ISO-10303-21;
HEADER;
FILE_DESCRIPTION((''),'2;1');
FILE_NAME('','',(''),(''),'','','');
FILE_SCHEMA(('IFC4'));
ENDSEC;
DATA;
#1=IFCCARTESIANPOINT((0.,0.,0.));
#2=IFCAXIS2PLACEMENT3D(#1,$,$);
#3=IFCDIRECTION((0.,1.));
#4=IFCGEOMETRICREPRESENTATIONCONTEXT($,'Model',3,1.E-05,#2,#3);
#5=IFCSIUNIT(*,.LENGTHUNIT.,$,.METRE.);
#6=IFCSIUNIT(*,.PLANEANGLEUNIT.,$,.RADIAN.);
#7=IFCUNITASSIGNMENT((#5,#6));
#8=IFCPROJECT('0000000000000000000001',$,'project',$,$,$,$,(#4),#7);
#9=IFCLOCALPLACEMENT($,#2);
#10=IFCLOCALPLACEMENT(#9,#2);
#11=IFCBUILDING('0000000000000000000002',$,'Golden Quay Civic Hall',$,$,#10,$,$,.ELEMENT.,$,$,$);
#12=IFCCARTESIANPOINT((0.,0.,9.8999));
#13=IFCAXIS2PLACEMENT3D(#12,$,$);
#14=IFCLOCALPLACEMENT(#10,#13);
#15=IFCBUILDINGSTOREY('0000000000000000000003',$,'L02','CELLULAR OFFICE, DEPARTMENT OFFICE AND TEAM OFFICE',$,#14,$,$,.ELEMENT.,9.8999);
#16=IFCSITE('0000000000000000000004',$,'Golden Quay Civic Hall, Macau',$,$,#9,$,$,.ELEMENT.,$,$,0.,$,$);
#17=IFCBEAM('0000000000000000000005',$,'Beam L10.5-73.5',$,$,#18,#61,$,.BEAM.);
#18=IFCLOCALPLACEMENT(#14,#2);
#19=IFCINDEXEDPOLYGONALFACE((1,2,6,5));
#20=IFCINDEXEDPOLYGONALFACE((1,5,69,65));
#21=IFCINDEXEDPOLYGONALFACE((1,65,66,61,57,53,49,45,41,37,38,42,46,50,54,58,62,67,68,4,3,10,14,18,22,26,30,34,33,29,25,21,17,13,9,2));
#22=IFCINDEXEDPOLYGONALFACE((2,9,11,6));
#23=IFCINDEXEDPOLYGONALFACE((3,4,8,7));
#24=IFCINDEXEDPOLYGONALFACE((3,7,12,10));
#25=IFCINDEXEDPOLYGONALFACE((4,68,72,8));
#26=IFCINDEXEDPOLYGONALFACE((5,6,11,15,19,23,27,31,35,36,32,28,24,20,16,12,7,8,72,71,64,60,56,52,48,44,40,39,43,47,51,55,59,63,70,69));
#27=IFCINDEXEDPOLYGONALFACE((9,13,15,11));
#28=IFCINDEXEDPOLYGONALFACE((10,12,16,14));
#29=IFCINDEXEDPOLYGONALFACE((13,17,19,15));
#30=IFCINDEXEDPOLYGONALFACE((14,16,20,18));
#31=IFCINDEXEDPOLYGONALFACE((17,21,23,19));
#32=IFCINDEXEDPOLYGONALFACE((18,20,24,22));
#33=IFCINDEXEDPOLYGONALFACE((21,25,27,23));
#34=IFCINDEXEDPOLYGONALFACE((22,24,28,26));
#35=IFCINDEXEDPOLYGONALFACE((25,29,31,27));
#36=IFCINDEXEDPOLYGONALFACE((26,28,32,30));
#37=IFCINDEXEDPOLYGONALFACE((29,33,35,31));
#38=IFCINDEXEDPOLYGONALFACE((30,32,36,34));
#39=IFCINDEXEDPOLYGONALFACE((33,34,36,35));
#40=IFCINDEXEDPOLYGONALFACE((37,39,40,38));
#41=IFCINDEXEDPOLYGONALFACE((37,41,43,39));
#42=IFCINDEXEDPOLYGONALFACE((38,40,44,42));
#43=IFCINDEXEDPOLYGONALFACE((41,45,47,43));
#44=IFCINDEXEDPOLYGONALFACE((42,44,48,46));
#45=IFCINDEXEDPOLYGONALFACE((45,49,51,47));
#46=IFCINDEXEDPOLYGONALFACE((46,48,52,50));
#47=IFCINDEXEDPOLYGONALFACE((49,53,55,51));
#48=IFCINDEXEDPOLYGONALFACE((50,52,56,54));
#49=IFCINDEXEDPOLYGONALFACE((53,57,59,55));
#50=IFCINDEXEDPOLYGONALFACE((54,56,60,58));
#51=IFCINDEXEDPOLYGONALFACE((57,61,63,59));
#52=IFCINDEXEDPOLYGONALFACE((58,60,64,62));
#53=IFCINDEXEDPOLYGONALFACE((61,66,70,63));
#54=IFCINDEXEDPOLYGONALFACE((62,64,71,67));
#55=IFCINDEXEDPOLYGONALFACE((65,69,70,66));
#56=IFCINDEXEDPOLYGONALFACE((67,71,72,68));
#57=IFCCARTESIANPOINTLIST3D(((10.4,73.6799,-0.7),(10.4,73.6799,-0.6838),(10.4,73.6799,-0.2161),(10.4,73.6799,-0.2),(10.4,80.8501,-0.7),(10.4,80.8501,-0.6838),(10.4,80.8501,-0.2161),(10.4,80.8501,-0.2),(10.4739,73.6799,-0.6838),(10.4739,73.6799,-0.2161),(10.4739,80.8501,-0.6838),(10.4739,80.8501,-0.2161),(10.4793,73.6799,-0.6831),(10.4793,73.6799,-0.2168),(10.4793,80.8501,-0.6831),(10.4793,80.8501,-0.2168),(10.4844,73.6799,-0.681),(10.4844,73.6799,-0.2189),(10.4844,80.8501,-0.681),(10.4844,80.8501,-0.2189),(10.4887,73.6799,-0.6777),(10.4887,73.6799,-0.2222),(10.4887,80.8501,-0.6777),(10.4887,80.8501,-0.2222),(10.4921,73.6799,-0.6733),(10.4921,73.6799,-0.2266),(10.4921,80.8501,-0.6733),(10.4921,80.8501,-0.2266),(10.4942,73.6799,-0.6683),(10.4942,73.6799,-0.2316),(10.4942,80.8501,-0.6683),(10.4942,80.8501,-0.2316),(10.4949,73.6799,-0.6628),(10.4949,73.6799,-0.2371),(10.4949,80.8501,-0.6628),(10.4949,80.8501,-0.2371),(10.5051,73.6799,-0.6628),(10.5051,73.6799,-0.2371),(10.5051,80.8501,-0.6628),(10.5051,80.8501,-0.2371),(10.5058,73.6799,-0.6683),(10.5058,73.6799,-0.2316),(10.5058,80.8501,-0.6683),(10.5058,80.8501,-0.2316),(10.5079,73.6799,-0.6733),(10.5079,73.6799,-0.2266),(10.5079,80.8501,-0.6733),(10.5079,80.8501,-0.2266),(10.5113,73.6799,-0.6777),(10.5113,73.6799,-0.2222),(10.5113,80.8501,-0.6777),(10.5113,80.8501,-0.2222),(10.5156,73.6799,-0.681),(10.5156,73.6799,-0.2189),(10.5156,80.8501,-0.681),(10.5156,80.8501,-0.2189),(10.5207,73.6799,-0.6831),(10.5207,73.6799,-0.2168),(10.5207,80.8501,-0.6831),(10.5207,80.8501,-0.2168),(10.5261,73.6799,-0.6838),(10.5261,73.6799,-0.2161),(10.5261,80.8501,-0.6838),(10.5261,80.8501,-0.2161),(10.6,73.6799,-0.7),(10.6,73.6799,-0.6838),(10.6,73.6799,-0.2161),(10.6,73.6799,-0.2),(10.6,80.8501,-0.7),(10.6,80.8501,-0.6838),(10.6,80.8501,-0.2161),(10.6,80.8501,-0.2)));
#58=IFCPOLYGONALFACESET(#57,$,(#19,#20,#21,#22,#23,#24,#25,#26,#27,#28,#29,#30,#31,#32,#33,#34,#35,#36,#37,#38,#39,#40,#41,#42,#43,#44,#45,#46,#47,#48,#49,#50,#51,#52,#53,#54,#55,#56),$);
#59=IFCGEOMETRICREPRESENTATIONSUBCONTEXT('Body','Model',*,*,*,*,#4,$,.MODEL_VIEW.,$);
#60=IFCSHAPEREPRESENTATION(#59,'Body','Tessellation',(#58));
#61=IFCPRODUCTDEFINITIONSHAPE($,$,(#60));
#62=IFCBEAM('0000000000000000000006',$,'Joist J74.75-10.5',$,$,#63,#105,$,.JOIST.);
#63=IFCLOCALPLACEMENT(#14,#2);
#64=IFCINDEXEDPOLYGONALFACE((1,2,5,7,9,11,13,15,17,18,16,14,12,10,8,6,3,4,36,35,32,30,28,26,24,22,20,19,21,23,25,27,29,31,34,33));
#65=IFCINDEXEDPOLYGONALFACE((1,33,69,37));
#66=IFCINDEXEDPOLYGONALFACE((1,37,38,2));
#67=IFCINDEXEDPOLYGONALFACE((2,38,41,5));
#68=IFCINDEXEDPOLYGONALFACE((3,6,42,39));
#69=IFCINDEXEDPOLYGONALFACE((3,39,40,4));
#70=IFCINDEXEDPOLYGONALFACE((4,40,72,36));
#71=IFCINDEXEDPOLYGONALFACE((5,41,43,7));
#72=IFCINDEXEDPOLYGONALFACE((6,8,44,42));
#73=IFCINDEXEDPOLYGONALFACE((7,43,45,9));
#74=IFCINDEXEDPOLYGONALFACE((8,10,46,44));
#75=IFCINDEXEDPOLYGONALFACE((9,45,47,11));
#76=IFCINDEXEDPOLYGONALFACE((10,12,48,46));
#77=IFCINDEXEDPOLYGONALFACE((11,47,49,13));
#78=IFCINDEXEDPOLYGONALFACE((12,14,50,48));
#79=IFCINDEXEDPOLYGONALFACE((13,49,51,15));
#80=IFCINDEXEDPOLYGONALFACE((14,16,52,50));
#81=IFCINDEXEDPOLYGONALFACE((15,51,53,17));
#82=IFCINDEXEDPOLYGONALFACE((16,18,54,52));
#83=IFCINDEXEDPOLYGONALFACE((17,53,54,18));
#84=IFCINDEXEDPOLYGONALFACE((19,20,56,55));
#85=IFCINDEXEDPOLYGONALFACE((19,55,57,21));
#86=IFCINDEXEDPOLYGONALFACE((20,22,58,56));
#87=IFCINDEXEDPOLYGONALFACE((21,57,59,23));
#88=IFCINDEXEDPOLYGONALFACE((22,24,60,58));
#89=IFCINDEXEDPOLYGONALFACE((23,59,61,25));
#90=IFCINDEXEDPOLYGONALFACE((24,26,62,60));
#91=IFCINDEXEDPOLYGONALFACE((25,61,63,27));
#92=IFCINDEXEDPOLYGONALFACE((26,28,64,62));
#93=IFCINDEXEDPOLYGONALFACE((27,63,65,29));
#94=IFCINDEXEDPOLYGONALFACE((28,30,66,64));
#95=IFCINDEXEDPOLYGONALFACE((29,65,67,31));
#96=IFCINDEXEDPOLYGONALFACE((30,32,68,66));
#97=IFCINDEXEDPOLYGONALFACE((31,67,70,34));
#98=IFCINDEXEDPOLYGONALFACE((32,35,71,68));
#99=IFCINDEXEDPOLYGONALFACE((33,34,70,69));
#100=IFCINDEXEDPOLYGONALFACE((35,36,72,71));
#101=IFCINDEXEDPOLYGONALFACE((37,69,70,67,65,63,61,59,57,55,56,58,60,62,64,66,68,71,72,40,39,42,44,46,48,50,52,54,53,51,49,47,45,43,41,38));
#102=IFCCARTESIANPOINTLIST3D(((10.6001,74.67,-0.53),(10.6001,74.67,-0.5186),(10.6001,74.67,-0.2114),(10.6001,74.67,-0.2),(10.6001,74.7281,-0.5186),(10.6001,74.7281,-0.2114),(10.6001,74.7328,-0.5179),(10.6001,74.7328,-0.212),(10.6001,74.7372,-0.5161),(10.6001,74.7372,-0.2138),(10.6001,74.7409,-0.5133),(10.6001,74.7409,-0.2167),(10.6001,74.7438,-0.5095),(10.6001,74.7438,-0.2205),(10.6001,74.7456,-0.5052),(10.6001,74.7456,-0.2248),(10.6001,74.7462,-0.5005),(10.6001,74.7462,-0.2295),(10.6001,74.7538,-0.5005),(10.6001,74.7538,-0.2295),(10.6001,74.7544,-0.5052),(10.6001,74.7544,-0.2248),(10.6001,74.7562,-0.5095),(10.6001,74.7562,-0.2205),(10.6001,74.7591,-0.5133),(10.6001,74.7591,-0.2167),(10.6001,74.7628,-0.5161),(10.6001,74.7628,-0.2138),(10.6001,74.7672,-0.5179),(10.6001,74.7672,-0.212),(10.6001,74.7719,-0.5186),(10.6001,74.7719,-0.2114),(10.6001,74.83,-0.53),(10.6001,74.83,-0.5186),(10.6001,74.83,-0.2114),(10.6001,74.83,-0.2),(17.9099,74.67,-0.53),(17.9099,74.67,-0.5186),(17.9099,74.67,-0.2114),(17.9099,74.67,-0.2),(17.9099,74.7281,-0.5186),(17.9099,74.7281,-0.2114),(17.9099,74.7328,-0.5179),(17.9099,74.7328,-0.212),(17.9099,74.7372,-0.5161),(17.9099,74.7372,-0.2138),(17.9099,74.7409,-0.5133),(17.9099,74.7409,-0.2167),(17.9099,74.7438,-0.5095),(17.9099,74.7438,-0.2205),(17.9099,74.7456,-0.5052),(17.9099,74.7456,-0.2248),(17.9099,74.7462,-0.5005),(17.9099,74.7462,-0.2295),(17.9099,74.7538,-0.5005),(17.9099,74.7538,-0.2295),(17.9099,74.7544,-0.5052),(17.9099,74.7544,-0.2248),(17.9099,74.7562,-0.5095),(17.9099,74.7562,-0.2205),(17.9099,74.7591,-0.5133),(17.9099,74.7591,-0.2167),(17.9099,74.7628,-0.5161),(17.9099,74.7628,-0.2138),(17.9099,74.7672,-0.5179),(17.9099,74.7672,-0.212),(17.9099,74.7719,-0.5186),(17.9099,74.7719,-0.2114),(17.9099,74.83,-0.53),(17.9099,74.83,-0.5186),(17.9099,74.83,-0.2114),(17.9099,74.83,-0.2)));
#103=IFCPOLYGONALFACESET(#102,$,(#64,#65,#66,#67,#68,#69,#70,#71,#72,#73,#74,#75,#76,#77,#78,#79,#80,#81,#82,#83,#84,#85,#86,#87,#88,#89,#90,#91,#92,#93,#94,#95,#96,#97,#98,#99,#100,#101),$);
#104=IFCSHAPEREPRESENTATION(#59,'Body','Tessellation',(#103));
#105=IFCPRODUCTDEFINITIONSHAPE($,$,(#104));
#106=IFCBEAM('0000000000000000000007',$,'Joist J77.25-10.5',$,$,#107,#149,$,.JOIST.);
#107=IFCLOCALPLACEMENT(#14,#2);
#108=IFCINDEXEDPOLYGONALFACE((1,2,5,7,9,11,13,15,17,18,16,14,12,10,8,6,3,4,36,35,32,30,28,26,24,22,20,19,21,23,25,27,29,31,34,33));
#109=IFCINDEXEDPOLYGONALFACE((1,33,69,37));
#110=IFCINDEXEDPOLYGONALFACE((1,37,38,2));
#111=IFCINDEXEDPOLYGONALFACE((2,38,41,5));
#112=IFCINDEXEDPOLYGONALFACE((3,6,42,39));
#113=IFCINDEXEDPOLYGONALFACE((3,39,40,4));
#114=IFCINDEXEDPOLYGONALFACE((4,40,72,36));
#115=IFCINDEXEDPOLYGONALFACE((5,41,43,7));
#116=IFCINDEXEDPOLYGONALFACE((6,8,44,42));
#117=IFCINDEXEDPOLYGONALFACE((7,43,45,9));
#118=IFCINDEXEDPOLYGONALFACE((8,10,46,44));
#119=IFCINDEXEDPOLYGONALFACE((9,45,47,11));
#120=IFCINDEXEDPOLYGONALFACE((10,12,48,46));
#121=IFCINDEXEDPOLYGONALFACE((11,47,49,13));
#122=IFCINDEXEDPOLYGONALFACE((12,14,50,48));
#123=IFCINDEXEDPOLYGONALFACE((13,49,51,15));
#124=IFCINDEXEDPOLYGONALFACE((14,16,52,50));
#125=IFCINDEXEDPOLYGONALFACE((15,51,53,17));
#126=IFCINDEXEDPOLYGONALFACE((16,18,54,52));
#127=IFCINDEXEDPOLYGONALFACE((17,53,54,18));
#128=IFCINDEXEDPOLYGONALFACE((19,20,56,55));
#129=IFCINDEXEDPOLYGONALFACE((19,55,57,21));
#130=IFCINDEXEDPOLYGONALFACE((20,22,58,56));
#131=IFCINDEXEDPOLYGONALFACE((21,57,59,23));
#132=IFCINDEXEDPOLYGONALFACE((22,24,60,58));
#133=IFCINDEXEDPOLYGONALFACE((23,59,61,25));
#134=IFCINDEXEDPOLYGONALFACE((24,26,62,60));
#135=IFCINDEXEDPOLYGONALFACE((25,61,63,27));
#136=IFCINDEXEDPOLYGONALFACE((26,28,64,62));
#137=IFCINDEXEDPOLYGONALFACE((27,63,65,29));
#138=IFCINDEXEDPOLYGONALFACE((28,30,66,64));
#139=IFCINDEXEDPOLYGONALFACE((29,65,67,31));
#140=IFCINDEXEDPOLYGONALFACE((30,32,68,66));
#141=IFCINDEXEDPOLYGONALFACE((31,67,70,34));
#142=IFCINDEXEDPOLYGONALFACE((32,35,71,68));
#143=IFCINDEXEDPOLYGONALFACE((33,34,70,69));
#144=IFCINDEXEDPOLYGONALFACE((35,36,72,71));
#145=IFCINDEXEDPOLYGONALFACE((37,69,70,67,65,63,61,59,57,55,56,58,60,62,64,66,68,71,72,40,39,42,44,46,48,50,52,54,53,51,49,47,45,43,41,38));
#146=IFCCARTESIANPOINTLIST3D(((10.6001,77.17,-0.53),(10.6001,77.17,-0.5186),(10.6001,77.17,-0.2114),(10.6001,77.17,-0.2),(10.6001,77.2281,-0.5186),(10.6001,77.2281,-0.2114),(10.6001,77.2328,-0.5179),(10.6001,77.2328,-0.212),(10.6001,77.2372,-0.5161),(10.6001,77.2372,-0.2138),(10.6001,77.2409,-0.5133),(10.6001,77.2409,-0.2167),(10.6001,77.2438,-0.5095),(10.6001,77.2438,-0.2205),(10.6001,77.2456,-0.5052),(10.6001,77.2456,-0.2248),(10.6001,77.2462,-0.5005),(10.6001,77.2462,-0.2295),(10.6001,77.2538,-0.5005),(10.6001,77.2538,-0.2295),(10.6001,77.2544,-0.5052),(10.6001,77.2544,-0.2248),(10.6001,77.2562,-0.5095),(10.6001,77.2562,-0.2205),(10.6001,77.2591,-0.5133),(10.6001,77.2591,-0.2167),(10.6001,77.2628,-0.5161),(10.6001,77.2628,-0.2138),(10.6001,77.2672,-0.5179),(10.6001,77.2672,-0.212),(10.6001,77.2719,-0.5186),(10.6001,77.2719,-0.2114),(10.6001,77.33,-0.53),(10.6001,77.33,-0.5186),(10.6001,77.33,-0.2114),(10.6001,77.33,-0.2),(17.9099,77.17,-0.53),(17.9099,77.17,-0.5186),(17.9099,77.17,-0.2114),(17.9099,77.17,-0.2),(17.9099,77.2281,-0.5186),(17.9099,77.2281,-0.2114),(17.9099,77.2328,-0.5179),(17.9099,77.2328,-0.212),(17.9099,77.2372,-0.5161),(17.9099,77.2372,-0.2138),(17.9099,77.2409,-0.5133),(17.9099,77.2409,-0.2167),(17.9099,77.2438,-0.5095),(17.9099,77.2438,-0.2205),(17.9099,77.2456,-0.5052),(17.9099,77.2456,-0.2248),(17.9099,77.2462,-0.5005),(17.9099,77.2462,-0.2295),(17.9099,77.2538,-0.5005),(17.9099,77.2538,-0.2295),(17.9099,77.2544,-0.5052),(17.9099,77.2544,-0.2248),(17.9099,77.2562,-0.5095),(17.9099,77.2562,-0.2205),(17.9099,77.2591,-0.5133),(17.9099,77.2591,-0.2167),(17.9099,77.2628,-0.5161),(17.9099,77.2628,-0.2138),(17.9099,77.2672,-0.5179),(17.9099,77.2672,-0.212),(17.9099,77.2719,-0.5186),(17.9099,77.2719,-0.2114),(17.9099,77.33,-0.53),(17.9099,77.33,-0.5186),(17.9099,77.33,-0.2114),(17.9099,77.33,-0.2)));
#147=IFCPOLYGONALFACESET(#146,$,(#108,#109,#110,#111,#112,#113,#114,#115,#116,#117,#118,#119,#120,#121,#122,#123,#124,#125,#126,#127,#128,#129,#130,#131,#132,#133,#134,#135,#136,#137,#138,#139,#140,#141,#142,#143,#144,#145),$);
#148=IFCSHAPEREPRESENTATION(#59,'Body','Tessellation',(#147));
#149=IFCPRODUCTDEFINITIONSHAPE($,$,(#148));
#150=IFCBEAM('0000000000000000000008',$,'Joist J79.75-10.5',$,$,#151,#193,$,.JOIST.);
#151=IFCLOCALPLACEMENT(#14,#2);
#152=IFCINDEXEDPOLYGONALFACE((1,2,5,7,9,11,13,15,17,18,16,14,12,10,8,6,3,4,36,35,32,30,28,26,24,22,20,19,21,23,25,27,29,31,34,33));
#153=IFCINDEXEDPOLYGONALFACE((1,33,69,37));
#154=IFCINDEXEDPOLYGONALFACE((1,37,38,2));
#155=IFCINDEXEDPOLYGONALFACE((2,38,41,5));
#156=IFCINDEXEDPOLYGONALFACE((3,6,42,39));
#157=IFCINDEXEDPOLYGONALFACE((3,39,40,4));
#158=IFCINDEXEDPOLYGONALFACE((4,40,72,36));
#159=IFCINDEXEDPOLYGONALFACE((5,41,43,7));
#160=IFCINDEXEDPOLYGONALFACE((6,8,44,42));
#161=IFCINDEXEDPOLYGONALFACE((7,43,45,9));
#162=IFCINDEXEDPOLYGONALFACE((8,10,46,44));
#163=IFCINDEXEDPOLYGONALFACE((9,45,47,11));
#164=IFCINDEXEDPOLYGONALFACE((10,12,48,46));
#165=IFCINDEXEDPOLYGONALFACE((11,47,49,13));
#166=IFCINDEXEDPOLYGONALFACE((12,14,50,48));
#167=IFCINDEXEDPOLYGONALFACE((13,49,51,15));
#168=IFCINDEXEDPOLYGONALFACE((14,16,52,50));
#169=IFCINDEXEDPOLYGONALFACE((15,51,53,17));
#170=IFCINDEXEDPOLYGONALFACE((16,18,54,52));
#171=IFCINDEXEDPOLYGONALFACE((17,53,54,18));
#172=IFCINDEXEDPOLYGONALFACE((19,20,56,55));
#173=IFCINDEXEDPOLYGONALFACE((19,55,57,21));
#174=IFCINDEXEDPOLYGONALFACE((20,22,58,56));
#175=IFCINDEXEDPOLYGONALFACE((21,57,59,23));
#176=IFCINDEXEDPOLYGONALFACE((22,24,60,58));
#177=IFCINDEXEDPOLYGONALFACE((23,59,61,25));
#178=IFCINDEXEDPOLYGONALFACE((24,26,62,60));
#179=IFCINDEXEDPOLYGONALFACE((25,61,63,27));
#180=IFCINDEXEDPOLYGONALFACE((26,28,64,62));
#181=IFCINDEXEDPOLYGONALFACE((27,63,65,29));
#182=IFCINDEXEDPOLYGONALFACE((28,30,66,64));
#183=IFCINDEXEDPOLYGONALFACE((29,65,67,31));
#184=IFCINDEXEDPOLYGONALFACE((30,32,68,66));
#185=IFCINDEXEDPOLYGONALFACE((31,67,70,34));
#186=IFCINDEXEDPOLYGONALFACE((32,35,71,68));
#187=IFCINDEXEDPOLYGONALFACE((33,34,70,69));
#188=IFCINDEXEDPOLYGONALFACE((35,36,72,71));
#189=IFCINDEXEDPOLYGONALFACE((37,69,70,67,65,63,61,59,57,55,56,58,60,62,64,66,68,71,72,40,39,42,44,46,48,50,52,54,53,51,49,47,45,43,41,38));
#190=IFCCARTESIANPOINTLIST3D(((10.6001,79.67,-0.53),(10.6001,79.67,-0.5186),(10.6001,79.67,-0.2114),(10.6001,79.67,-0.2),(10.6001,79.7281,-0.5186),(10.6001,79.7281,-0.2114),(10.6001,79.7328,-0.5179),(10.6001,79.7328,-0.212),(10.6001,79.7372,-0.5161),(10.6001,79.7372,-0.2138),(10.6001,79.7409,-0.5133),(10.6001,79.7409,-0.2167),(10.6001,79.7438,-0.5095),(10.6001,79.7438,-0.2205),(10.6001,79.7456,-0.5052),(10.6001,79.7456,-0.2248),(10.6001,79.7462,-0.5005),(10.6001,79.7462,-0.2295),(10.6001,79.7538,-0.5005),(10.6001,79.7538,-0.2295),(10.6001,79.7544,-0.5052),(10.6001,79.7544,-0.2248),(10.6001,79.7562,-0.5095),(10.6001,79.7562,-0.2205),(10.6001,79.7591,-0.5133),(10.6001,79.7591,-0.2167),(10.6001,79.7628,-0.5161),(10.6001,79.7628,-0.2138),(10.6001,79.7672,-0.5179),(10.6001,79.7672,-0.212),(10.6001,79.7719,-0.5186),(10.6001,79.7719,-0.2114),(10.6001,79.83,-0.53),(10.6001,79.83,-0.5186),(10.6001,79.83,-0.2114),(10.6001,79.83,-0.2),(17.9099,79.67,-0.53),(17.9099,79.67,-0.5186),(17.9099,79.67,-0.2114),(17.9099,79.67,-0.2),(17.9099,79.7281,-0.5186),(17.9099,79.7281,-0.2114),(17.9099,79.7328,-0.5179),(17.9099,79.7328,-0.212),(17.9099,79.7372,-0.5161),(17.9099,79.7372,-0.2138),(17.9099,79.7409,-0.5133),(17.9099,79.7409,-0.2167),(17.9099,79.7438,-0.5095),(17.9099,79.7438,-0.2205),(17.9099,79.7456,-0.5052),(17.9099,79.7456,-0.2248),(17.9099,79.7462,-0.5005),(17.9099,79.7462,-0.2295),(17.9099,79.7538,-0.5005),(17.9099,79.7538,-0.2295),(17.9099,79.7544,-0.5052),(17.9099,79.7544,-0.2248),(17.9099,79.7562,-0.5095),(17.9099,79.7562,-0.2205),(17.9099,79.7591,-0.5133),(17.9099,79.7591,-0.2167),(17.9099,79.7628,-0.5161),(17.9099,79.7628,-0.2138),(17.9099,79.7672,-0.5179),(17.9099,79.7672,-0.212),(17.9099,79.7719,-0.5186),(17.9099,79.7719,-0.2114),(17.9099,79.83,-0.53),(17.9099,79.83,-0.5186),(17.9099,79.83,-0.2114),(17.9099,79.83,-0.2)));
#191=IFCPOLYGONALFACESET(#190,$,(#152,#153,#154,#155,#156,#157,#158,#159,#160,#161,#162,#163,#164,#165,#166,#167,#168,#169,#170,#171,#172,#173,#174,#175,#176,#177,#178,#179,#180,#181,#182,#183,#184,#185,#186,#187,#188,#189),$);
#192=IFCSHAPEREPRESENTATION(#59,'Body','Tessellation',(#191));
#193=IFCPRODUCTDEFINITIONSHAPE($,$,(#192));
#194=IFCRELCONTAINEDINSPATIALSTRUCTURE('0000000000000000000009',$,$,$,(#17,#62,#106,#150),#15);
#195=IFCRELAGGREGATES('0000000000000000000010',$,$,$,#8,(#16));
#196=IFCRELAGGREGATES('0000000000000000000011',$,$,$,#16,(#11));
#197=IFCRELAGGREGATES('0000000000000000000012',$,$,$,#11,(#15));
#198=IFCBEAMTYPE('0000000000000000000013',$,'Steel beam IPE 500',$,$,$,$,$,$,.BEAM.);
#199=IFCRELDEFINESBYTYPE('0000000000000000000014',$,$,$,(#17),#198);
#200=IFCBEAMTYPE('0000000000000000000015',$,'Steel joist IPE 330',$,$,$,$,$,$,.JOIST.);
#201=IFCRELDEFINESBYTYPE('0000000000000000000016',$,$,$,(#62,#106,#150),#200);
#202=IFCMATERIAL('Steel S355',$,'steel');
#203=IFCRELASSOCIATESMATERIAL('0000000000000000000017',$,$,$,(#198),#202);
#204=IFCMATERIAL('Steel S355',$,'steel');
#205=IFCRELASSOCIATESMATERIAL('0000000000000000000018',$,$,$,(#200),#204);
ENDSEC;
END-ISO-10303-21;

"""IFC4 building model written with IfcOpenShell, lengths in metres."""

from ifc_helpers import new_model, si_unit, direction, frame, origin, origin_2d, place, context, subcontext, project, spatial, i_section, extrude, material, material_profile, profile_set, type_object, element, save


model = new_model("IFC4")

# Units and contexts
model_context = context("Model", 3, precision=1e-05, world=origin(), true_north=direction((0.0, 1.0)))
body_context = subcontext(model_context, "Body", "Model", "MODEL_VIEW")
ifc_project = project(units=[si_unit("LENGTHUNIT", "METRE"), si_unit("PLANEANGLEUNIT", "RADIAN")], contexts=[model_context])

# Site, building, storey
site_placement = place(None, origin())
site = spatial("IfcSite", under=ifc_project, at=site_placement, Name="Golden Quay Civic Hall, Macau", CompositionType="ELEMENT", RefElevation=0.0)
building_placement = place(site_placement, origin())
building = spatial("IfcBuilding", under=site, at=building_placement, Name="Golden Quay Civic Hall", CompositionType="ELEMENT")
storey_placement = place(building_placement, frame((0.0, 0.0, 9.8999)))
storey = spatial("IfcBuildingStorey", under=building, at=storey_placement, Name="L02", Description="CELLULAR OFFICE, DEPARTMENT OFFICE AND TEAM OFFICE", CompositionType="ELEMENT", Elevation=9.8999)

# Beams
ifc_material_1 = material(Name="Steel S355", Category="steel")
ifc_material_profile_1 = material_profile(ifc_material_1, i_section(OverallWidth=0.2, OverallDepth=0.5, WebThickness=0.0103, FlangeThickness=0.0161, FilletRadius=0.021, at=origin_2d()), Name="IPE 500")
ifc_profile_set_1 = profile_set([ifc_material_profile_1], Name="Steel S355")
beam_type_1 = type_object("IfcBeamType", Name="Steel beam IPE 500", PredefinedType="BEAM", material=ifc_profile_set_1)
beam_1_placement = place(storey_placement, frame((10.5, 73.6799, -0.45), z_axis=(0.0, 1.0, 0.0), x_axis=(-1.0, 0.0, 0.0)))
element("IfcBeam", 1, at=beam_1_placement, inside=storey, type_object=beam_type_1, Name="Beam L10.5-73.5", PredefinedType="BEAM", context=body_context, shape_type="SweptSolid", body=[
    extrude(i_section(OverallWidth=0.2, OverallDepth=0.5, WebThickness=0.0103, FlangeThickness=0.0161, FilletRadius=0.021, at=origin_2d()), origin(), (0.0, 0.0, 1.0), 7.1702),
])
ifc_material_2 = material(Name="Steel S355", Category="steel")
ifc_material_profile_2 = material_profile(ifc_material_2, i_section(OverallWidth=0.1599, OverallDepth=0.3301, WebThickness=0.0076, FlangeThickness=0.0115, FilletRadius=0.0181, at=origin_2d()), Name="IPE 330")
ifc_profile_set_2 = profile_set([ifc_material_profile_2], Name="Steel S355")
beam_type_2 = type_object("IfcBeamType", Name="Steel joist IPE 330", PredefinedType="JOIST", material=ifc_profile_set_2)
for number, where, z_axis, x_axis, name in (
    (2, (10.6001, 74.75, -0.365), (1.0, 0.0, 0.0), (0.0, 1.0, 0.0), "Joist J74.75-10.5"),
    (3, (10.6001, 77.25, -0.365), (1.0, 0.0, 0.0), (0.0, 1.0, 0.0), "Joist J77.25-10.5"),
    (4, (10.6001, 79.75, -0.365), (1.0, 0.0, 0.0), (0.0, 1.0, 0.0), "Joist J79.75-10.5"),
):
    element("IfcBeam", number, at=place(storey_placement, frame(where, z_axis=z_axis, x_axis=x_axis)), inside=storey, type_object=beam_type_2, Name=name, PredefinedType="JOIST", context=body_context, shape_type="SweptSolid", body=[
        extrude(i_section(OverallWidth=0.1599, OverallDepth=0.3301, WebThickness=0.0076, FlangeThickness=0.0115, FilletRadius=0.0181, at=origin_2d()), origin(), (0.0, 0.0, 1.0), 7.3098),
    ])

save(model, "model.ifc")
